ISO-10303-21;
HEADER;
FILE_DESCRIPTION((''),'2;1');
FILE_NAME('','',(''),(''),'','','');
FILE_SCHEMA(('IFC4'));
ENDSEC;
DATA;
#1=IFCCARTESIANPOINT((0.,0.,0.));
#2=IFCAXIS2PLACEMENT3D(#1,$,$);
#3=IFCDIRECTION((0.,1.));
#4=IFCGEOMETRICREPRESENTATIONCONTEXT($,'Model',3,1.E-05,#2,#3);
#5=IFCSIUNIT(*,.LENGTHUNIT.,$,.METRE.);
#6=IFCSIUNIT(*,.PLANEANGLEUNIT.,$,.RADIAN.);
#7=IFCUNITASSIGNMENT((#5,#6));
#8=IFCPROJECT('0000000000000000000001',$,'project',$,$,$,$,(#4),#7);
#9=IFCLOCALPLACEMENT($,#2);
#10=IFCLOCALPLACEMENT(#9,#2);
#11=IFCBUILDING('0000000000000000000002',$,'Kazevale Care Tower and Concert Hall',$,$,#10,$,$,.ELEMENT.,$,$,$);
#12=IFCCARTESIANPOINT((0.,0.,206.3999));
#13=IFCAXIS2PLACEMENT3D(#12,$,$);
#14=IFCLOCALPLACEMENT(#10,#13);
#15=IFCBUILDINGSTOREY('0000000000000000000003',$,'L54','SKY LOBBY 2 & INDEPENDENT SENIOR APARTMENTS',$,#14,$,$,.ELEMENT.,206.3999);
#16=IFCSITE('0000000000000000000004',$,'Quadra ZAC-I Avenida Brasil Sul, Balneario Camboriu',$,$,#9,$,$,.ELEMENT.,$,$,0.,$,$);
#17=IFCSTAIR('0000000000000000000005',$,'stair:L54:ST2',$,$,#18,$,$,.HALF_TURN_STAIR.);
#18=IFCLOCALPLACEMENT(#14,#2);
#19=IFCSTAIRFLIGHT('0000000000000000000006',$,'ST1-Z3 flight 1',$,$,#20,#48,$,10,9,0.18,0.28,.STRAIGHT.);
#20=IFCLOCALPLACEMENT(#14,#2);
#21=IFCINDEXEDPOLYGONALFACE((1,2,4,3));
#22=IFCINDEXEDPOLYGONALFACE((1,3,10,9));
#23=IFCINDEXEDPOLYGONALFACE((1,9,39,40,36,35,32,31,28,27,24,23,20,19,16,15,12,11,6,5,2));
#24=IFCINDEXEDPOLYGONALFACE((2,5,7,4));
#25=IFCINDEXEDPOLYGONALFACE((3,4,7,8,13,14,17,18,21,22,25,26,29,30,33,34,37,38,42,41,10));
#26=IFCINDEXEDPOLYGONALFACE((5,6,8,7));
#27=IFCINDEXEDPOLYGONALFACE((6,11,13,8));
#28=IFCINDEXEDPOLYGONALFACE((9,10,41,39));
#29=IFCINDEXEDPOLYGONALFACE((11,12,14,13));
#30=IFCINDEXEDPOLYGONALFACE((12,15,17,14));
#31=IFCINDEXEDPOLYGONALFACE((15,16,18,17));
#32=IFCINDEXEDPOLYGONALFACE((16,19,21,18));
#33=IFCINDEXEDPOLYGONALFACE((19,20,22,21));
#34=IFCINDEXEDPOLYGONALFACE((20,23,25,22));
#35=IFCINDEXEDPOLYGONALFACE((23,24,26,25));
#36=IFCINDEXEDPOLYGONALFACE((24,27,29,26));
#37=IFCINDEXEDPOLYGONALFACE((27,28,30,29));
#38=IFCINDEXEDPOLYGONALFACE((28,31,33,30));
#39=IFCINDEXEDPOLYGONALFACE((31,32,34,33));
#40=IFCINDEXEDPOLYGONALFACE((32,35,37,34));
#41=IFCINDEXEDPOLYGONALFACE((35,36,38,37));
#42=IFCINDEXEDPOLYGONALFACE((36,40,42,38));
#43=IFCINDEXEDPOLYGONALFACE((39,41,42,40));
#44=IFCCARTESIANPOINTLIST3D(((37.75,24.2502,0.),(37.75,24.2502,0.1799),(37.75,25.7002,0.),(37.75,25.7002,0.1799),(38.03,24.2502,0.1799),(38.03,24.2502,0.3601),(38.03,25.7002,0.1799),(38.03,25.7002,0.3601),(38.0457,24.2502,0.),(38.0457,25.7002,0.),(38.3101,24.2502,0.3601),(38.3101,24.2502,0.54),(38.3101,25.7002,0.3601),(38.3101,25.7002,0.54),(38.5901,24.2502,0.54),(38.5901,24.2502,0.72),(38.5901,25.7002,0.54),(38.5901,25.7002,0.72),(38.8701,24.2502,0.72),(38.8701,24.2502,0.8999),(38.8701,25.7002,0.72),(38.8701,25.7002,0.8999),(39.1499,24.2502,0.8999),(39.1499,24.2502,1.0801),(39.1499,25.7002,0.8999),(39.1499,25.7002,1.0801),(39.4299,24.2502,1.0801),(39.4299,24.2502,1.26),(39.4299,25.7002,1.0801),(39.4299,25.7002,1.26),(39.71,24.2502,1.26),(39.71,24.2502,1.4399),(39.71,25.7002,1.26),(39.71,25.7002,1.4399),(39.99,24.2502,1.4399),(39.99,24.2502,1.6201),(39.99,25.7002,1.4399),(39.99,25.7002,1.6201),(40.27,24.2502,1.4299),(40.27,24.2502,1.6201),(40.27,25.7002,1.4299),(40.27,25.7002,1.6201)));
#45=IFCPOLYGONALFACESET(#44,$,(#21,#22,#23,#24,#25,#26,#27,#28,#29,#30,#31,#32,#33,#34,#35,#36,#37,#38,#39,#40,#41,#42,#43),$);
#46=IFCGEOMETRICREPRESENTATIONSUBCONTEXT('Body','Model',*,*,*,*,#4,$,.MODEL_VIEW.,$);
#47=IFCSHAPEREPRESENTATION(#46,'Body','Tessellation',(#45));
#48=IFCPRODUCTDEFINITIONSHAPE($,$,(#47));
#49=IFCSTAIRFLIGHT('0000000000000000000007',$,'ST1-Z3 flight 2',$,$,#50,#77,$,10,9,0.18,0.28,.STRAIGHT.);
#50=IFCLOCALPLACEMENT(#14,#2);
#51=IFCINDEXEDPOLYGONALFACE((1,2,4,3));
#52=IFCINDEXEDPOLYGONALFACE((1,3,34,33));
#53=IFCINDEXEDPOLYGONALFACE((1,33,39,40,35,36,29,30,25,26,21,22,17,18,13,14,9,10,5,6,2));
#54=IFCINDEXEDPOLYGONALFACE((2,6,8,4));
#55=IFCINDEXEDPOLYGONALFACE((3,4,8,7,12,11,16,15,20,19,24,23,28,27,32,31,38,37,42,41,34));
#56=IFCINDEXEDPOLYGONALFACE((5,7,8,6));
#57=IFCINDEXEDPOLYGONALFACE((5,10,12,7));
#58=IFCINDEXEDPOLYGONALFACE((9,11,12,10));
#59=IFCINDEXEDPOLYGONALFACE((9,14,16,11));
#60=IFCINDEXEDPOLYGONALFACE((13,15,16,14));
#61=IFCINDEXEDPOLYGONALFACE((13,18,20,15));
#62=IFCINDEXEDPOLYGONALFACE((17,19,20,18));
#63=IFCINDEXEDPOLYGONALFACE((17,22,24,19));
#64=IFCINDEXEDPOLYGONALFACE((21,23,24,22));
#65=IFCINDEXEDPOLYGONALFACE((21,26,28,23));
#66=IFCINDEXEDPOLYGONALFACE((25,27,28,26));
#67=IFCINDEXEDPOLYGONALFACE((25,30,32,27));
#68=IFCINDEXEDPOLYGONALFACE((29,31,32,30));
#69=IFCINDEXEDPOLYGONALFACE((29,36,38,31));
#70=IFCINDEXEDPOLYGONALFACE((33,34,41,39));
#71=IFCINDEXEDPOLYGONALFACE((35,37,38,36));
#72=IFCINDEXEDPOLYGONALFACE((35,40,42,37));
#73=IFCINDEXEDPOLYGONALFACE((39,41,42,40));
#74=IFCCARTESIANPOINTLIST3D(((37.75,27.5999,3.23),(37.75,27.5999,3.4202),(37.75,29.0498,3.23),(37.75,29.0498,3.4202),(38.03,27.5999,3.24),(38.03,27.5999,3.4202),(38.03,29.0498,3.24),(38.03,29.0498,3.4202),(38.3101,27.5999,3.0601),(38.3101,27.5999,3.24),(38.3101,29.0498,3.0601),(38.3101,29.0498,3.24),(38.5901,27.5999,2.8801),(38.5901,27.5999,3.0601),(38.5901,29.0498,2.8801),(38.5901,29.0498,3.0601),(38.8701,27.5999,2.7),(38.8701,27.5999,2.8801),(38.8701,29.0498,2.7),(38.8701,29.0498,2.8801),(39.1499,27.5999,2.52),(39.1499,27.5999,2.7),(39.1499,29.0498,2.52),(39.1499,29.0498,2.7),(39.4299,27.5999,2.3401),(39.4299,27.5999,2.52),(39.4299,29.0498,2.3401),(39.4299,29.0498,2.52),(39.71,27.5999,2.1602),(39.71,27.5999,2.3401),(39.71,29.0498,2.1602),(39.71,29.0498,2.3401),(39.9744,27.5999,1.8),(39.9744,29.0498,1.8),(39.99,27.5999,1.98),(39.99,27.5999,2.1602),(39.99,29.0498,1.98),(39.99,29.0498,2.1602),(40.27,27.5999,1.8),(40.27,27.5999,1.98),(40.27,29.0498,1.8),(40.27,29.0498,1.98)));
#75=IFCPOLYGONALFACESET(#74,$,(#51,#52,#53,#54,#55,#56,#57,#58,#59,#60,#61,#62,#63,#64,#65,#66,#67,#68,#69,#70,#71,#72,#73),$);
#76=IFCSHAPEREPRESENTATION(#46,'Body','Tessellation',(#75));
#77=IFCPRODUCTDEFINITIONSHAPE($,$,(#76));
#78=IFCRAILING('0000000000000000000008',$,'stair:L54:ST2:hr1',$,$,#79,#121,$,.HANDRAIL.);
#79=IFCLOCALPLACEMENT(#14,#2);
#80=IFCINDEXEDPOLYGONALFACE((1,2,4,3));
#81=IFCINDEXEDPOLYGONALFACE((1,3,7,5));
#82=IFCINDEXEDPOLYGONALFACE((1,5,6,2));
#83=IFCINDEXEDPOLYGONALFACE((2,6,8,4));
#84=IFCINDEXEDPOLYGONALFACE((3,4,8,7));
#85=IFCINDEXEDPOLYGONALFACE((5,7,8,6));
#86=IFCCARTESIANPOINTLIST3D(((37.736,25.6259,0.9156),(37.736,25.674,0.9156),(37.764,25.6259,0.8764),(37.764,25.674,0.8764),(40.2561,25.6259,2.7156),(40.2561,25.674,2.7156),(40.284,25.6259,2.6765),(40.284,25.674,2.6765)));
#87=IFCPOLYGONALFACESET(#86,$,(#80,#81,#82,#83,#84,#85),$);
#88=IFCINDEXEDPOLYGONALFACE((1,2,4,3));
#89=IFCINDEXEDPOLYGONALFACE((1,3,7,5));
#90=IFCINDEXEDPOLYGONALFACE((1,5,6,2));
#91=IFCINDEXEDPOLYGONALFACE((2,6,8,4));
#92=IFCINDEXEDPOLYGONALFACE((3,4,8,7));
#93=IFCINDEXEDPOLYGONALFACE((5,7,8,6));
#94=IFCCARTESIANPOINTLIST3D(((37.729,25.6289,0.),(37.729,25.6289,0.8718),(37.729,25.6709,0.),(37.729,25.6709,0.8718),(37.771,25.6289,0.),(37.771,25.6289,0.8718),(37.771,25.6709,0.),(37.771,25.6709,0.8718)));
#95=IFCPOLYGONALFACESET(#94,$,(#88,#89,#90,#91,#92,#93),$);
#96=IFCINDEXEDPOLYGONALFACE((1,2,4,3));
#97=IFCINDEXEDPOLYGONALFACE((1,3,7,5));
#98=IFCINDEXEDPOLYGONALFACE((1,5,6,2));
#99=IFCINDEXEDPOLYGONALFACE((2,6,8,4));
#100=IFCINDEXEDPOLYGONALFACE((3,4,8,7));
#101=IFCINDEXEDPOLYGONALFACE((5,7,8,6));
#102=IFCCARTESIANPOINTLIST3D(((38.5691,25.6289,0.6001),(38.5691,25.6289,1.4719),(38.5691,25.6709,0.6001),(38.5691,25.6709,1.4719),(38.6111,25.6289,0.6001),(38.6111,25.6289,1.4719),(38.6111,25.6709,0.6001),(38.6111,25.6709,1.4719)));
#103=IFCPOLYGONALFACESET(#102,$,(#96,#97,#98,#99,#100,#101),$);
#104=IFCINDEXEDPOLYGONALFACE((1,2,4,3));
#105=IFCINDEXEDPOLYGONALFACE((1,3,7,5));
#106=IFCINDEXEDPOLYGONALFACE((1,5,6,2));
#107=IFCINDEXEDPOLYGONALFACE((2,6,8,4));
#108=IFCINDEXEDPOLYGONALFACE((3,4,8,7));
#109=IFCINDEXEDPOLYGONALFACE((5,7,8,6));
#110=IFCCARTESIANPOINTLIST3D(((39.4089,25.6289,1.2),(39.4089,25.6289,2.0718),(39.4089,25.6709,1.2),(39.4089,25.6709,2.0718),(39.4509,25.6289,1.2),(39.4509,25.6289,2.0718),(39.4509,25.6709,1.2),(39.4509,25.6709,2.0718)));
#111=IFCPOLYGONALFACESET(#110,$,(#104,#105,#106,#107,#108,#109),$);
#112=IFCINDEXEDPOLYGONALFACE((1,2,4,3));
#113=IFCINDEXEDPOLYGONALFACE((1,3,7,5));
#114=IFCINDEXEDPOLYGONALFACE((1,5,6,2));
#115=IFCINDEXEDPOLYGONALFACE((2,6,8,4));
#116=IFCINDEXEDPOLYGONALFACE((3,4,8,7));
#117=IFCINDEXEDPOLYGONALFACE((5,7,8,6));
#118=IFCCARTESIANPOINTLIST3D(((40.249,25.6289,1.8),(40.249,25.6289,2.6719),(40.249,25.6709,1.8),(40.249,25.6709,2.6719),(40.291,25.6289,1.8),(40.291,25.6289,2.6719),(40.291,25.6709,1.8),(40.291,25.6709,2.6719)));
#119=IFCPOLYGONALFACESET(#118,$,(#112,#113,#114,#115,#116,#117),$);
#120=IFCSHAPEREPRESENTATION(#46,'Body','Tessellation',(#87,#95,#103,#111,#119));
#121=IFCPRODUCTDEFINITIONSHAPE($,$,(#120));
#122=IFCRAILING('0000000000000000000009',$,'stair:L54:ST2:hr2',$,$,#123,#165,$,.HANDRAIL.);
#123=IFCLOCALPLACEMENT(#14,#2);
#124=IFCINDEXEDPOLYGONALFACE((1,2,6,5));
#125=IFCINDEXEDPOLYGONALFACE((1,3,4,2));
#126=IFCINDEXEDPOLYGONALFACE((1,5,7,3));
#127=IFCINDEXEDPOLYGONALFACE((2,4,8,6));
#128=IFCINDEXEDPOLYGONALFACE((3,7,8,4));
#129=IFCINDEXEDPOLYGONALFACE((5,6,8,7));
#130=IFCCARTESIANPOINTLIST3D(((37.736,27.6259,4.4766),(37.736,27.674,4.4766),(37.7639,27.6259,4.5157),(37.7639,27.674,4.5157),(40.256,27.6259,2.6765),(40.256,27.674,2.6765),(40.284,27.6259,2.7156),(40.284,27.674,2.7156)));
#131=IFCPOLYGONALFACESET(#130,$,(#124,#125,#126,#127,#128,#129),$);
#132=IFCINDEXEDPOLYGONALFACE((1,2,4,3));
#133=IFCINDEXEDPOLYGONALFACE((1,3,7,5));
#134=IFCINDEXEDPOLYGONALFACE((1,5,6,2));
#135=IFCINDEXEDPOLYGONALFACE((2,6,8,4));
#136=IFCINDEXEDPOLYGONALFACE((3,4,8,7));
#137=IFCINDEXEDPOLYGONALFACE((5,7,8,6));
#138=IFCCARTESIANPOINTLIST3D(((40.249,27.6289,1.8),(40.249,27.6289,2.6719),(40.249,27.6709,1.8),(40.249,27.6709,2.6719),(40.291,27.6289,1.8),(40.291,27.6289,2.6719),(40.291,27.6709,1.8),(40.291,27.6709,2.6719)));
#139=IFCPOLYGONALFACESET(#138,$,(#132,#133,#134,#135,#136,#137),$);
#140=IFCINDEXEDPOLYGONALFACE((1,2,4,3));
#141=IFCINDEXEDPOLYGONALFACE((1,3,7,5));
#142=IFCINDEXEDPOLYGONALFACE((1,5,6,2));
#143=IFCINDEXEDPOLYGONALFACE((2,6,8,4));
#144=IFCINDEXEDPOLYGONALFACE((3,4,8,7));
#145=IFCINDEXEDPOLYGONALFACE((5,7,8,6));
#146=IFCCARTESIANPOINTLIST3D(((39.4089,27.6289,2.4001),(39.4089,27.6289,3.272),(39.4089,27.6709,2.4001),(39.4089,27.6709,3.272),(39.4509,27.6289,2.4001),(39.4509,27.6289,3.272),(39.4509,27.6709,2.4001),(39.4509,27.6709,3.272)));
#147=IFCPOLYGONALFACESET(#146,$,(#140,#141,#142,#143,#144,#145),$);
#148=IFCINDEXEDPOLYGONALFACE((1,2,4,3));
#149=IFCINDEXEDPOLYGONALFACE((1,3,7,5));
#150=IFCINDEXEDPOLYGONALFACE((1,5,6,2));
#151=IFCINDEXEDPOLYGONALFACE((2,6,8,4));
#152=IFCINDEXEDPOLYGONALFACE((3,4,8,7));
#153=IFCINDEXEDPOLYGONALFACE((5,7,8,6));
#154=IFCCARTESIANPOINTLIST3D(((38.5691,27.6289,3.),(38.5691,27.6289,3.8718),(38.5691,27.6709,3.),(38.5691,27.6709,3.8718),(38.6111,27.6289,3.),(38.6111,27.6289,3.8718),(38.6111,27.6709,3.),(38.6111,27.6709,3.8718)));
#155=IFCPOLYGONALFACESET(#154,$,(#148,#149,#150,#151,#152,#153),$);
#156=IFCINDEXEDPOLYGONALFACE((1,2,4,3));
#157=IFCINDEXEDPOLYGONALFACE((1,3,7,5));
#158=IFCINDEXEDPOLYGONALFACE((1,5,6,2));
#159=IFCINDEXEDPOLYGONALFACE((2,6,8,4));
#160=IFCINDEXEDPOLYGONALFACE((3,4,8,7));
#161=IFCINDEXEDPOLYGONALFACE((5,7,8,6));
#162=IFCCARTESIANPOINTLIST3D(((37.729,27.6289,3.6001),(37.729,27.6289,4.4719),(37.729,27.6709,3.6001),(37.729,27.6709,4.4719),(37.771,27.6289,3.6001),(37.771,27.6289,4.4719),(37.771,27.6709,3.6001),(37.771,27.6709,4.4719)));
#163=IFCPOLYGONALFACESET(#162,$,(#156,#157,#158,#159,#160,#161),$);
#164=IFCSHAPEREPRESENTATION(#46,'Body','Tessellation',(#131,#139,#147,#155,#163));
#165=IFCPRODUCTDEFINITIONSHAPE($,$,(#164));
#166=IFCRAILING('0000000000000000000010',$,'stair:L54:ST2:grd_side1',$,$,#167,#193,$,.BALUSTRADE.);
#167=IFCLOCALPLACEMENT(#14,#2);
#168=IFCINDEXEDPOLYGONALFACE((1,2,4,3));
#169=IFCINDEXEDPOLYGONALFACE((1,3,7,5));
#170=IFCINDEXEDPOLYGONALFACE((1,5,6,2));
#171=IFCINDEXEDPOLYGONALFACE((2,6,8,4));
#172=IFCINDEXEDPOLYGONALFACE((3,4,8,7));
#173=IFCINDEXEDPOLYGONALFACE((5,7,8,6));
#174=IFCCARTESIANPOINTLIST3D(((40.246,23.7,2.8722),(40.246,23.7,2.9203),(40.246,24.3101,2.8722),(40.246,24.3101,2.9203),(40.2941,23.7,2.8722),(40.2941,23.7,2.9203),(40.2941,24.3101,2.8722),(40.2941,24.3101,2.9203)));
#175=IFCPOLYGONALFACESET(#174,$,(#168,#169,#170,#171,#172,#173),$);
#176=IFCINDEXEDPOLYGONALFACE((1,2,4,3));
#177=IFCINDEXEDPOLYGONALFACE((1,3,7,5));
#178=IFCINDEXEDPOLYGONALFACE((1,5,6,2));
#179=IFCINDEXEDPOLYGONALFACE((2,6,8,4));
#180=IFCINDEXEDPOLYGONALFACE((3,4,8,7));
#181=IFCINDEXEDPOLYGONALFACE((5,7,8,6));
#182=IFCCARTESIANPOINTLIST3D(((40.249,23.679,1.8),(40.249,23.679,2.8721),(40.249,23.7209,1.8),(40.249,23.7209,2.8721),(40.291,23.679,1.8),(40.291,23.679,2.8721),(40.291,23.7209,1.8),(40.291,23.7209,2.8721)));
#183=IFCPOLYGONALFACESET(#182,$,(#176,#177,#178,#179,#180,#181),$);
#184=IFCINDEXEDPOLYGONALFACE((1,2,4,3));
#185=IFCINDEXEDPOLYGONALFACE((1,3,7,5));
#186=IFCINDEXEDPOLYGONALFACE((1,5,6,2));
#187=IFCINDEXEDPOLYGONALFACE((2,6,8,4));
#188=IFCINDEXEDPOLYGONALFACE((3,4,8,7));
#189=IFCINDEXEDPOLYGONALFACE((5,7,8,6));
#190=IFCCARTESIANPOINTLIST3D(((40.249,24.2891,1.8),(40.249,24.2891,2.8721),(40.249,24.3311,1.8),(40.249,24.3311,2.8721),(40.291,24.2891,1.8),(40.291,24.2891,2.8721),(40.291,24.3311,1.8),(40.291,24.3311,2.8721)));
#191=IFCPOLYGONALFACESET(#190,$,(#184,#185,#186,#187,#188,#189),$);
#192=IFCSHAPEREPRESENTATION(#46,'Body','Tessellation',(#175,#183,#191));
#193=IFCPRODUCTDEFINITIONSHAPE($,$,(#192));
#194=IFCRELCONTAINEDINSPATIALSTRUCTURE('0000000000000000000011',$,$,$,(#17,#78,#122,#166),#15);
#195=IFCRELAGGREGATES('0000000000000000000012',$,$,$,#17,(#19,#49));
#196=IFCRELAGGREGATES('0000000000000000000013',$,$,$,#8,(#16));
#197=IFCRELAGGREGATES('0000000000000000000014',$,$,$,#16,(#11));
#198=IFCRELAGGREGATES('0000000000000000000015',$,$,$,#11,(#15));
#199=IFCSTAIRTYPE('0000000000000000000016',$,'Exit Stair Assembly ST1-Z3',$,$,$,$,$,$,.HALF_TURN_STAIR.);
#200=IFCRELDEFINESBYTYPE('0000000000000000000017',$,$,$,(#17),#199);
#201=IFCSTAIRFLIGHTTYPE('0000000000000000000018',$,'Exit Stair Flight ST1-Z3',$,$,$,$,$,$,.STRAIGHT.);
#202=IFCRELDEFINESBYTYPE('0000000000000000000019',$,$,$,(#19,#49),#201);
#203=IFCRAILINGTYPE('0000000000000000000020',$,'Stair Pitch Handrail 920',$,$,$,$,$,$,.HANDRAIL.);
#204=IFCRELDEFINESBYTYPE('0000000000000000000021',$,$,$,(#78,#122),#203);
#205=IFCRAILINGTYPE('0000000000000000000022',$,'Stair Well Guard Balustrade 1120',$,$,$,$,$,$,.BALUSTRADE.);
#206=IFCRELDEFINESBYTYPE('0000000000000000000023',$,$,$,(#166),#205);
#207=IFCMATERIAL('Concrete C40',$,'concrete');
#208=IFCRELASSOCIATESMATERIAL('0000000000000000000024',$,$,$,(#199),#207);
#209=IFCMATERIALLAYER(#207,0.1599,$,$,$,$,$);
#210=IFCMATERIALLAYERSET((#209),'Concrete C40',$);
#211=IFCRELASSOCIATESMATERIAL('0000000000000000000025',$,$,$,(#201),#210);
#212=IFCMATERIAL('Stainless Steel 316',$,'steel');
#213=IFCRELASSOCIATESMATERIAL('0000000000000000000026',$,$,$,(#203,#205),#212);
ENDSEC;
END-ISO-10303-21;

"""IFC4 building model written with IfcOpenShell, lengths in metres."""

from ifc_helpers import new_model, si_unit, direction, frame, origin, origin_2d, place, context, subcontext, project, spatial, polyline, rectangle, outline, extrude, material, layer, layer_set, type_object, element, aggregate, save


model = new_model("IFC4")

# Units and contexts
model_context = context("Model", 3, precision=1e-05, world=origin(), true_north=direction((0.0, 1.0)))
body_context = subcontext(model_context, "Body", "Model", "MODEL_VIEW")
ifc_project = project(units=[si_unit("LENGTHUNIT", "METRE"), si_unit("PLANEANGLEUNIT", "RADIAN")], contexts=[model_context])

# Site, building, storey
site_placement = place(None, origin())
site = spatial("IfcSite", under=ifc_project, at=site_placement, Name="Quadra ZAC-I Avenida Brasil Sul, Balneario Camboriu", CompositionType="ELEMENT", RefElevation=0.0)
building_placement = place(site_placement, origin())
building = spatial("IfcBuilding", under=site, at=building_placement, Name="Kazevale Care Tower and Concert Hall", CompositionType="ELEMENT")
storey_placement = place(building_placement, frame((0.0, 0.0, 206.3999)))
storey = spatial("IfcBuildingStorey", under=building, at=storey_placement, Name="L54", Description="SKY LOBBY 2 & INDEPENDENT SENIOR APARTMENTS", CompositionType="ELEMENT", Elevation=206.3999)

# Shared definitions
ifc_material_1 = material(Name="Concrete C40", Category="concrete")

# Stair, stair flights
stair_type = type_object("IfcStairType", Name="Exit Stair Assembly ST1-Z3", PredefinedType="HALF_TURN_STAIR", material=ifc_material_1)
stair_placement = place(storey_placement, origin())
stair = element("IfcStair", 1, at=stair_placement, inside=storey, type_object=stair_type, Name="stair:L54:ST2", PredefinedType="HALF_TURN_STAIR")
ifc_layer_1 = layer(ifc_material_1, 0.1599)
ifc_layer_set_1 = layer_set([ifc_layer_1], Name="Concrete C40")
stair_flight_type = type_object("IfcStairFlightType", Name="Exit Stair Flight ST1-Z3", PredefinedType="STRAIGHT", material=ifc_layer_set_1)
stair_flight_1_placement = place(storey_placement, frame((37.75, 24.9751, 0.0), z_axis=(0.0, 0.0, 1.0), x_axis=(1.0, 0.0, 0.0)))
stair_flight_1 = element("IfcStairFlight", 2, at=stair_flight_1_placement, type_object=stair_flight_type, Name="ST1-Z3 flight 1", NumberOfRisers=10, NumberOfTreads=9, PredefinedType="STRAIGHT", RiserHeight=0.18, TreadLength=0.28, context=body_context, shape_type="SweptSolid", body=[
    extrude(outline(polyline([(0.0, 0.0), (0.0, 0.1799), (0.28, 0.1799), (0.28, 0.3601), (0.5601, 0.3601), (0.5601, 0.54), (0.8401, 0.54), (0.8401, 0.72), (1.1201, 0.72), (1.1201, 0.8999), (1.3999, 0.8999), (1.3999, 1.0801), (1.6799, 1.0801), (1.6799, 1.26), (1.96, 1.26), (1.96, 1.4399), (2.24, 1.4399), (2.24, 1.6201), (2.52, 1.6201), (2.52, 1.8), (2.52, 1.4299), (0.2957, 0.0), (0.0, 0.0)])), frame((0.0, 0.7251, 0.0), z_axis=(0.0, -1.0, 0.0), x_axis=(1.0, 0.0, 0.0)), (0.0, 0.0, 1.0), 1.45),
])
stair_flight_2_placement = place(storey_placement, frame((40.27, 28.325, 1.8), z_axis=(0.0, 0.0, 1.0), x_axis=(-1.0, 0.0, 0.0)))
stair_flight_2 = element("IfcStairFlight", 3, at=stair_flight_2_placement, type_object=stair_flight_type, Name="ST1-Z3 flight 2", NumberOfRisers=10, NumberOfTreads=9, PredefinedType="STRAIGHT", RiserHeight=0.18, TreadLength=0.28, context=body_context, shape_type="SweptSolid", body=[
    extrude(outline(polyline([(0.0, 0.0), (0.0, 0.1799), (0.28, 0.1799), (0.28, 0.3601), (0.5601, 0.3601), (0.5601, 0.54), (0.8401, 0.54), (0.8401, 0.72), (1.1201, 0.72), (1.1201, 0.8999), (1.3999, 0.8999), (1.3999, 1.0801), (1.6799, 1.0801), (1.6799, 1.26), (1.96, 1.26), (1.96, 1.4399), (2.24, 1.4399), (2.24, 1.6201), (2.52, 1.6201), (2.52, 1.8), (2.52, 1.4299), (0.2957, 0.0), (0.0, 0.0)])), frame((0.0, 0.7251, 0.0), z_axis=(0.0, -1.0, 0.0), x_axis=(1.0, 0.0, 0.0)), (0.0, 0.0, 1.0), 1.45),
])
aggregate(stair, [stair_flight_1, stair_flight_2])

# Railings
ifc_material_2 = material(Name="Stainless Steel 316", Category="steel")
railing_type_1 = type_object("IfcRailingType", Name="Stair Pitch Handrail 920", PredefinedType="HANDRAIL", material=ifc_material_2)
railing_1_placement = place(storey_placement, frame((37.75, 25.6499, 0.0)))
element("IfcRailing", 4, at=railing_1_placement, inside=storey, type_object=railing_type_1, Name="stair:L54:ST2:hr1", PredefinedType="HANDRAIL", context=body_context, shape_type="SweptSolid", body=[
    extrude(rectangle(XDim=0.0481, YDim=0.0481, at=origin_2d()), frame((0.0, 0.0, 0.896), z_axis=(0.813728, 0.0, 0.581246), x_axis=(0.0, 1.0, 0.0)), (0.0, 0.0, 1.0), 3.0969),
    extrude(rectangle(XDim=0.042, YDim=0.042, at=origin_2d()), origin(), (0.0, 0.0, 1.0), 0.8718),
    extrude(rectangle(XDim=0.042, YDim=0.042, at=origin_2d()), frame((0.8401, 0.0, 0.6001)), (0.0, 0.0, 1.0), 0.8718),
    extrude(rectangle(XDim=0.042, YDim=0.042, at=origin_2d()), frame((1.6799, 0.0, 1.2)), (0.0, 0.0, 1.0), 0.8718),
    extrude(rectangle(XDim=0.042, YDim=0.042, at=origin_2d()), frame((2.52, 0.0, 1.8)), (0.0, 0.0, 1.0), 0.8718),
])
railing_2_placement = place(storey_placement, frame((40.27, 27.6499, 1.8)))
element("IfcRailing", 5, at=railing_2_placement, inside=storey, type_object=railing_type_1, Name="stair:L54:ST2:hr2", PredefinedType="HANDRAIL", context=body_context, shape_type="SweptSolid", body=[
    extrude(rectangle(XDim=0.0481, YDim=0.0481, at=origin_2d()), frame((0.0, 0.0, 0.896), z_axis=(-0.813728, 0.0, 0.581246), x_axis=(0.0, -1.0, 0.0)), (0.0, 0.0, 1.0), 3.0969),
    extrude(rectangle(XDim=0.042, YDim=0.042, at=origin_2d()), origin(), (0.0, 0.0, 1.0), 0.8718),
    extrude(rectangle(XDim=0.042, YDim=0.042, at=origin_2d()), frame((-0.8401, 0.0, 0.6001)), (0.0, 0.0, 1.0), 0.8718),
    extrude(rectangle(XDim=0.042, YDim=0.042, at=origin_2d()), frame((-1.6799, 0.0, 1.2)), (0.0, 0.0, 1.0), 0.8718),
    extrude(rectangle(XDim=0.042, YDim=0.042, at=origin_2d()), frame((-2.52, 0.0, 1.8)), (0.0, 0.0, 1.0), 0.8718),
])
railing_type_2 = type_object("IfcRailingType", Name="Stair Well Guard Balustrade 1120", PredefinedType="BALUSTRADE", material=ifc_material_2)
railing_3_placement = place(storey_placement, frame((40.27, 23.7, 1.8)))
element("IfcRailing", 6, at=railing_3_placement, inside=storey, type_object=railing_type_2, Name="stair:L54:ST2:grd_side1", PredefinedType="BALUSTRADE", context=body_context, shape_type="SweptSolid", body=[
    extrude(rectangle(XDim=0.0481, YDim=0.0481, at=origin_2d()), frame((0.0, 0.0, 1.0962), z_axis=(0.0, 1.0, 0.0), x_axis=(-1.0, 0.0, 0.0)), (0.0, 0.0, 1.0), 0.6101),
    extrude(rectangle(XDim=0.042, YDim=0.042, at=origin_2d()), origin(), (0.0, 0.0, 1.0), 1.072),
    extrude(rectangle(XDim=0.042, YDim=0.042, at=origin_2d()), frame((0.0, 0.6101, 0.0)), (0.0, 0.0, 1.0), 1.072),
])

save(model, "model.ifc")
